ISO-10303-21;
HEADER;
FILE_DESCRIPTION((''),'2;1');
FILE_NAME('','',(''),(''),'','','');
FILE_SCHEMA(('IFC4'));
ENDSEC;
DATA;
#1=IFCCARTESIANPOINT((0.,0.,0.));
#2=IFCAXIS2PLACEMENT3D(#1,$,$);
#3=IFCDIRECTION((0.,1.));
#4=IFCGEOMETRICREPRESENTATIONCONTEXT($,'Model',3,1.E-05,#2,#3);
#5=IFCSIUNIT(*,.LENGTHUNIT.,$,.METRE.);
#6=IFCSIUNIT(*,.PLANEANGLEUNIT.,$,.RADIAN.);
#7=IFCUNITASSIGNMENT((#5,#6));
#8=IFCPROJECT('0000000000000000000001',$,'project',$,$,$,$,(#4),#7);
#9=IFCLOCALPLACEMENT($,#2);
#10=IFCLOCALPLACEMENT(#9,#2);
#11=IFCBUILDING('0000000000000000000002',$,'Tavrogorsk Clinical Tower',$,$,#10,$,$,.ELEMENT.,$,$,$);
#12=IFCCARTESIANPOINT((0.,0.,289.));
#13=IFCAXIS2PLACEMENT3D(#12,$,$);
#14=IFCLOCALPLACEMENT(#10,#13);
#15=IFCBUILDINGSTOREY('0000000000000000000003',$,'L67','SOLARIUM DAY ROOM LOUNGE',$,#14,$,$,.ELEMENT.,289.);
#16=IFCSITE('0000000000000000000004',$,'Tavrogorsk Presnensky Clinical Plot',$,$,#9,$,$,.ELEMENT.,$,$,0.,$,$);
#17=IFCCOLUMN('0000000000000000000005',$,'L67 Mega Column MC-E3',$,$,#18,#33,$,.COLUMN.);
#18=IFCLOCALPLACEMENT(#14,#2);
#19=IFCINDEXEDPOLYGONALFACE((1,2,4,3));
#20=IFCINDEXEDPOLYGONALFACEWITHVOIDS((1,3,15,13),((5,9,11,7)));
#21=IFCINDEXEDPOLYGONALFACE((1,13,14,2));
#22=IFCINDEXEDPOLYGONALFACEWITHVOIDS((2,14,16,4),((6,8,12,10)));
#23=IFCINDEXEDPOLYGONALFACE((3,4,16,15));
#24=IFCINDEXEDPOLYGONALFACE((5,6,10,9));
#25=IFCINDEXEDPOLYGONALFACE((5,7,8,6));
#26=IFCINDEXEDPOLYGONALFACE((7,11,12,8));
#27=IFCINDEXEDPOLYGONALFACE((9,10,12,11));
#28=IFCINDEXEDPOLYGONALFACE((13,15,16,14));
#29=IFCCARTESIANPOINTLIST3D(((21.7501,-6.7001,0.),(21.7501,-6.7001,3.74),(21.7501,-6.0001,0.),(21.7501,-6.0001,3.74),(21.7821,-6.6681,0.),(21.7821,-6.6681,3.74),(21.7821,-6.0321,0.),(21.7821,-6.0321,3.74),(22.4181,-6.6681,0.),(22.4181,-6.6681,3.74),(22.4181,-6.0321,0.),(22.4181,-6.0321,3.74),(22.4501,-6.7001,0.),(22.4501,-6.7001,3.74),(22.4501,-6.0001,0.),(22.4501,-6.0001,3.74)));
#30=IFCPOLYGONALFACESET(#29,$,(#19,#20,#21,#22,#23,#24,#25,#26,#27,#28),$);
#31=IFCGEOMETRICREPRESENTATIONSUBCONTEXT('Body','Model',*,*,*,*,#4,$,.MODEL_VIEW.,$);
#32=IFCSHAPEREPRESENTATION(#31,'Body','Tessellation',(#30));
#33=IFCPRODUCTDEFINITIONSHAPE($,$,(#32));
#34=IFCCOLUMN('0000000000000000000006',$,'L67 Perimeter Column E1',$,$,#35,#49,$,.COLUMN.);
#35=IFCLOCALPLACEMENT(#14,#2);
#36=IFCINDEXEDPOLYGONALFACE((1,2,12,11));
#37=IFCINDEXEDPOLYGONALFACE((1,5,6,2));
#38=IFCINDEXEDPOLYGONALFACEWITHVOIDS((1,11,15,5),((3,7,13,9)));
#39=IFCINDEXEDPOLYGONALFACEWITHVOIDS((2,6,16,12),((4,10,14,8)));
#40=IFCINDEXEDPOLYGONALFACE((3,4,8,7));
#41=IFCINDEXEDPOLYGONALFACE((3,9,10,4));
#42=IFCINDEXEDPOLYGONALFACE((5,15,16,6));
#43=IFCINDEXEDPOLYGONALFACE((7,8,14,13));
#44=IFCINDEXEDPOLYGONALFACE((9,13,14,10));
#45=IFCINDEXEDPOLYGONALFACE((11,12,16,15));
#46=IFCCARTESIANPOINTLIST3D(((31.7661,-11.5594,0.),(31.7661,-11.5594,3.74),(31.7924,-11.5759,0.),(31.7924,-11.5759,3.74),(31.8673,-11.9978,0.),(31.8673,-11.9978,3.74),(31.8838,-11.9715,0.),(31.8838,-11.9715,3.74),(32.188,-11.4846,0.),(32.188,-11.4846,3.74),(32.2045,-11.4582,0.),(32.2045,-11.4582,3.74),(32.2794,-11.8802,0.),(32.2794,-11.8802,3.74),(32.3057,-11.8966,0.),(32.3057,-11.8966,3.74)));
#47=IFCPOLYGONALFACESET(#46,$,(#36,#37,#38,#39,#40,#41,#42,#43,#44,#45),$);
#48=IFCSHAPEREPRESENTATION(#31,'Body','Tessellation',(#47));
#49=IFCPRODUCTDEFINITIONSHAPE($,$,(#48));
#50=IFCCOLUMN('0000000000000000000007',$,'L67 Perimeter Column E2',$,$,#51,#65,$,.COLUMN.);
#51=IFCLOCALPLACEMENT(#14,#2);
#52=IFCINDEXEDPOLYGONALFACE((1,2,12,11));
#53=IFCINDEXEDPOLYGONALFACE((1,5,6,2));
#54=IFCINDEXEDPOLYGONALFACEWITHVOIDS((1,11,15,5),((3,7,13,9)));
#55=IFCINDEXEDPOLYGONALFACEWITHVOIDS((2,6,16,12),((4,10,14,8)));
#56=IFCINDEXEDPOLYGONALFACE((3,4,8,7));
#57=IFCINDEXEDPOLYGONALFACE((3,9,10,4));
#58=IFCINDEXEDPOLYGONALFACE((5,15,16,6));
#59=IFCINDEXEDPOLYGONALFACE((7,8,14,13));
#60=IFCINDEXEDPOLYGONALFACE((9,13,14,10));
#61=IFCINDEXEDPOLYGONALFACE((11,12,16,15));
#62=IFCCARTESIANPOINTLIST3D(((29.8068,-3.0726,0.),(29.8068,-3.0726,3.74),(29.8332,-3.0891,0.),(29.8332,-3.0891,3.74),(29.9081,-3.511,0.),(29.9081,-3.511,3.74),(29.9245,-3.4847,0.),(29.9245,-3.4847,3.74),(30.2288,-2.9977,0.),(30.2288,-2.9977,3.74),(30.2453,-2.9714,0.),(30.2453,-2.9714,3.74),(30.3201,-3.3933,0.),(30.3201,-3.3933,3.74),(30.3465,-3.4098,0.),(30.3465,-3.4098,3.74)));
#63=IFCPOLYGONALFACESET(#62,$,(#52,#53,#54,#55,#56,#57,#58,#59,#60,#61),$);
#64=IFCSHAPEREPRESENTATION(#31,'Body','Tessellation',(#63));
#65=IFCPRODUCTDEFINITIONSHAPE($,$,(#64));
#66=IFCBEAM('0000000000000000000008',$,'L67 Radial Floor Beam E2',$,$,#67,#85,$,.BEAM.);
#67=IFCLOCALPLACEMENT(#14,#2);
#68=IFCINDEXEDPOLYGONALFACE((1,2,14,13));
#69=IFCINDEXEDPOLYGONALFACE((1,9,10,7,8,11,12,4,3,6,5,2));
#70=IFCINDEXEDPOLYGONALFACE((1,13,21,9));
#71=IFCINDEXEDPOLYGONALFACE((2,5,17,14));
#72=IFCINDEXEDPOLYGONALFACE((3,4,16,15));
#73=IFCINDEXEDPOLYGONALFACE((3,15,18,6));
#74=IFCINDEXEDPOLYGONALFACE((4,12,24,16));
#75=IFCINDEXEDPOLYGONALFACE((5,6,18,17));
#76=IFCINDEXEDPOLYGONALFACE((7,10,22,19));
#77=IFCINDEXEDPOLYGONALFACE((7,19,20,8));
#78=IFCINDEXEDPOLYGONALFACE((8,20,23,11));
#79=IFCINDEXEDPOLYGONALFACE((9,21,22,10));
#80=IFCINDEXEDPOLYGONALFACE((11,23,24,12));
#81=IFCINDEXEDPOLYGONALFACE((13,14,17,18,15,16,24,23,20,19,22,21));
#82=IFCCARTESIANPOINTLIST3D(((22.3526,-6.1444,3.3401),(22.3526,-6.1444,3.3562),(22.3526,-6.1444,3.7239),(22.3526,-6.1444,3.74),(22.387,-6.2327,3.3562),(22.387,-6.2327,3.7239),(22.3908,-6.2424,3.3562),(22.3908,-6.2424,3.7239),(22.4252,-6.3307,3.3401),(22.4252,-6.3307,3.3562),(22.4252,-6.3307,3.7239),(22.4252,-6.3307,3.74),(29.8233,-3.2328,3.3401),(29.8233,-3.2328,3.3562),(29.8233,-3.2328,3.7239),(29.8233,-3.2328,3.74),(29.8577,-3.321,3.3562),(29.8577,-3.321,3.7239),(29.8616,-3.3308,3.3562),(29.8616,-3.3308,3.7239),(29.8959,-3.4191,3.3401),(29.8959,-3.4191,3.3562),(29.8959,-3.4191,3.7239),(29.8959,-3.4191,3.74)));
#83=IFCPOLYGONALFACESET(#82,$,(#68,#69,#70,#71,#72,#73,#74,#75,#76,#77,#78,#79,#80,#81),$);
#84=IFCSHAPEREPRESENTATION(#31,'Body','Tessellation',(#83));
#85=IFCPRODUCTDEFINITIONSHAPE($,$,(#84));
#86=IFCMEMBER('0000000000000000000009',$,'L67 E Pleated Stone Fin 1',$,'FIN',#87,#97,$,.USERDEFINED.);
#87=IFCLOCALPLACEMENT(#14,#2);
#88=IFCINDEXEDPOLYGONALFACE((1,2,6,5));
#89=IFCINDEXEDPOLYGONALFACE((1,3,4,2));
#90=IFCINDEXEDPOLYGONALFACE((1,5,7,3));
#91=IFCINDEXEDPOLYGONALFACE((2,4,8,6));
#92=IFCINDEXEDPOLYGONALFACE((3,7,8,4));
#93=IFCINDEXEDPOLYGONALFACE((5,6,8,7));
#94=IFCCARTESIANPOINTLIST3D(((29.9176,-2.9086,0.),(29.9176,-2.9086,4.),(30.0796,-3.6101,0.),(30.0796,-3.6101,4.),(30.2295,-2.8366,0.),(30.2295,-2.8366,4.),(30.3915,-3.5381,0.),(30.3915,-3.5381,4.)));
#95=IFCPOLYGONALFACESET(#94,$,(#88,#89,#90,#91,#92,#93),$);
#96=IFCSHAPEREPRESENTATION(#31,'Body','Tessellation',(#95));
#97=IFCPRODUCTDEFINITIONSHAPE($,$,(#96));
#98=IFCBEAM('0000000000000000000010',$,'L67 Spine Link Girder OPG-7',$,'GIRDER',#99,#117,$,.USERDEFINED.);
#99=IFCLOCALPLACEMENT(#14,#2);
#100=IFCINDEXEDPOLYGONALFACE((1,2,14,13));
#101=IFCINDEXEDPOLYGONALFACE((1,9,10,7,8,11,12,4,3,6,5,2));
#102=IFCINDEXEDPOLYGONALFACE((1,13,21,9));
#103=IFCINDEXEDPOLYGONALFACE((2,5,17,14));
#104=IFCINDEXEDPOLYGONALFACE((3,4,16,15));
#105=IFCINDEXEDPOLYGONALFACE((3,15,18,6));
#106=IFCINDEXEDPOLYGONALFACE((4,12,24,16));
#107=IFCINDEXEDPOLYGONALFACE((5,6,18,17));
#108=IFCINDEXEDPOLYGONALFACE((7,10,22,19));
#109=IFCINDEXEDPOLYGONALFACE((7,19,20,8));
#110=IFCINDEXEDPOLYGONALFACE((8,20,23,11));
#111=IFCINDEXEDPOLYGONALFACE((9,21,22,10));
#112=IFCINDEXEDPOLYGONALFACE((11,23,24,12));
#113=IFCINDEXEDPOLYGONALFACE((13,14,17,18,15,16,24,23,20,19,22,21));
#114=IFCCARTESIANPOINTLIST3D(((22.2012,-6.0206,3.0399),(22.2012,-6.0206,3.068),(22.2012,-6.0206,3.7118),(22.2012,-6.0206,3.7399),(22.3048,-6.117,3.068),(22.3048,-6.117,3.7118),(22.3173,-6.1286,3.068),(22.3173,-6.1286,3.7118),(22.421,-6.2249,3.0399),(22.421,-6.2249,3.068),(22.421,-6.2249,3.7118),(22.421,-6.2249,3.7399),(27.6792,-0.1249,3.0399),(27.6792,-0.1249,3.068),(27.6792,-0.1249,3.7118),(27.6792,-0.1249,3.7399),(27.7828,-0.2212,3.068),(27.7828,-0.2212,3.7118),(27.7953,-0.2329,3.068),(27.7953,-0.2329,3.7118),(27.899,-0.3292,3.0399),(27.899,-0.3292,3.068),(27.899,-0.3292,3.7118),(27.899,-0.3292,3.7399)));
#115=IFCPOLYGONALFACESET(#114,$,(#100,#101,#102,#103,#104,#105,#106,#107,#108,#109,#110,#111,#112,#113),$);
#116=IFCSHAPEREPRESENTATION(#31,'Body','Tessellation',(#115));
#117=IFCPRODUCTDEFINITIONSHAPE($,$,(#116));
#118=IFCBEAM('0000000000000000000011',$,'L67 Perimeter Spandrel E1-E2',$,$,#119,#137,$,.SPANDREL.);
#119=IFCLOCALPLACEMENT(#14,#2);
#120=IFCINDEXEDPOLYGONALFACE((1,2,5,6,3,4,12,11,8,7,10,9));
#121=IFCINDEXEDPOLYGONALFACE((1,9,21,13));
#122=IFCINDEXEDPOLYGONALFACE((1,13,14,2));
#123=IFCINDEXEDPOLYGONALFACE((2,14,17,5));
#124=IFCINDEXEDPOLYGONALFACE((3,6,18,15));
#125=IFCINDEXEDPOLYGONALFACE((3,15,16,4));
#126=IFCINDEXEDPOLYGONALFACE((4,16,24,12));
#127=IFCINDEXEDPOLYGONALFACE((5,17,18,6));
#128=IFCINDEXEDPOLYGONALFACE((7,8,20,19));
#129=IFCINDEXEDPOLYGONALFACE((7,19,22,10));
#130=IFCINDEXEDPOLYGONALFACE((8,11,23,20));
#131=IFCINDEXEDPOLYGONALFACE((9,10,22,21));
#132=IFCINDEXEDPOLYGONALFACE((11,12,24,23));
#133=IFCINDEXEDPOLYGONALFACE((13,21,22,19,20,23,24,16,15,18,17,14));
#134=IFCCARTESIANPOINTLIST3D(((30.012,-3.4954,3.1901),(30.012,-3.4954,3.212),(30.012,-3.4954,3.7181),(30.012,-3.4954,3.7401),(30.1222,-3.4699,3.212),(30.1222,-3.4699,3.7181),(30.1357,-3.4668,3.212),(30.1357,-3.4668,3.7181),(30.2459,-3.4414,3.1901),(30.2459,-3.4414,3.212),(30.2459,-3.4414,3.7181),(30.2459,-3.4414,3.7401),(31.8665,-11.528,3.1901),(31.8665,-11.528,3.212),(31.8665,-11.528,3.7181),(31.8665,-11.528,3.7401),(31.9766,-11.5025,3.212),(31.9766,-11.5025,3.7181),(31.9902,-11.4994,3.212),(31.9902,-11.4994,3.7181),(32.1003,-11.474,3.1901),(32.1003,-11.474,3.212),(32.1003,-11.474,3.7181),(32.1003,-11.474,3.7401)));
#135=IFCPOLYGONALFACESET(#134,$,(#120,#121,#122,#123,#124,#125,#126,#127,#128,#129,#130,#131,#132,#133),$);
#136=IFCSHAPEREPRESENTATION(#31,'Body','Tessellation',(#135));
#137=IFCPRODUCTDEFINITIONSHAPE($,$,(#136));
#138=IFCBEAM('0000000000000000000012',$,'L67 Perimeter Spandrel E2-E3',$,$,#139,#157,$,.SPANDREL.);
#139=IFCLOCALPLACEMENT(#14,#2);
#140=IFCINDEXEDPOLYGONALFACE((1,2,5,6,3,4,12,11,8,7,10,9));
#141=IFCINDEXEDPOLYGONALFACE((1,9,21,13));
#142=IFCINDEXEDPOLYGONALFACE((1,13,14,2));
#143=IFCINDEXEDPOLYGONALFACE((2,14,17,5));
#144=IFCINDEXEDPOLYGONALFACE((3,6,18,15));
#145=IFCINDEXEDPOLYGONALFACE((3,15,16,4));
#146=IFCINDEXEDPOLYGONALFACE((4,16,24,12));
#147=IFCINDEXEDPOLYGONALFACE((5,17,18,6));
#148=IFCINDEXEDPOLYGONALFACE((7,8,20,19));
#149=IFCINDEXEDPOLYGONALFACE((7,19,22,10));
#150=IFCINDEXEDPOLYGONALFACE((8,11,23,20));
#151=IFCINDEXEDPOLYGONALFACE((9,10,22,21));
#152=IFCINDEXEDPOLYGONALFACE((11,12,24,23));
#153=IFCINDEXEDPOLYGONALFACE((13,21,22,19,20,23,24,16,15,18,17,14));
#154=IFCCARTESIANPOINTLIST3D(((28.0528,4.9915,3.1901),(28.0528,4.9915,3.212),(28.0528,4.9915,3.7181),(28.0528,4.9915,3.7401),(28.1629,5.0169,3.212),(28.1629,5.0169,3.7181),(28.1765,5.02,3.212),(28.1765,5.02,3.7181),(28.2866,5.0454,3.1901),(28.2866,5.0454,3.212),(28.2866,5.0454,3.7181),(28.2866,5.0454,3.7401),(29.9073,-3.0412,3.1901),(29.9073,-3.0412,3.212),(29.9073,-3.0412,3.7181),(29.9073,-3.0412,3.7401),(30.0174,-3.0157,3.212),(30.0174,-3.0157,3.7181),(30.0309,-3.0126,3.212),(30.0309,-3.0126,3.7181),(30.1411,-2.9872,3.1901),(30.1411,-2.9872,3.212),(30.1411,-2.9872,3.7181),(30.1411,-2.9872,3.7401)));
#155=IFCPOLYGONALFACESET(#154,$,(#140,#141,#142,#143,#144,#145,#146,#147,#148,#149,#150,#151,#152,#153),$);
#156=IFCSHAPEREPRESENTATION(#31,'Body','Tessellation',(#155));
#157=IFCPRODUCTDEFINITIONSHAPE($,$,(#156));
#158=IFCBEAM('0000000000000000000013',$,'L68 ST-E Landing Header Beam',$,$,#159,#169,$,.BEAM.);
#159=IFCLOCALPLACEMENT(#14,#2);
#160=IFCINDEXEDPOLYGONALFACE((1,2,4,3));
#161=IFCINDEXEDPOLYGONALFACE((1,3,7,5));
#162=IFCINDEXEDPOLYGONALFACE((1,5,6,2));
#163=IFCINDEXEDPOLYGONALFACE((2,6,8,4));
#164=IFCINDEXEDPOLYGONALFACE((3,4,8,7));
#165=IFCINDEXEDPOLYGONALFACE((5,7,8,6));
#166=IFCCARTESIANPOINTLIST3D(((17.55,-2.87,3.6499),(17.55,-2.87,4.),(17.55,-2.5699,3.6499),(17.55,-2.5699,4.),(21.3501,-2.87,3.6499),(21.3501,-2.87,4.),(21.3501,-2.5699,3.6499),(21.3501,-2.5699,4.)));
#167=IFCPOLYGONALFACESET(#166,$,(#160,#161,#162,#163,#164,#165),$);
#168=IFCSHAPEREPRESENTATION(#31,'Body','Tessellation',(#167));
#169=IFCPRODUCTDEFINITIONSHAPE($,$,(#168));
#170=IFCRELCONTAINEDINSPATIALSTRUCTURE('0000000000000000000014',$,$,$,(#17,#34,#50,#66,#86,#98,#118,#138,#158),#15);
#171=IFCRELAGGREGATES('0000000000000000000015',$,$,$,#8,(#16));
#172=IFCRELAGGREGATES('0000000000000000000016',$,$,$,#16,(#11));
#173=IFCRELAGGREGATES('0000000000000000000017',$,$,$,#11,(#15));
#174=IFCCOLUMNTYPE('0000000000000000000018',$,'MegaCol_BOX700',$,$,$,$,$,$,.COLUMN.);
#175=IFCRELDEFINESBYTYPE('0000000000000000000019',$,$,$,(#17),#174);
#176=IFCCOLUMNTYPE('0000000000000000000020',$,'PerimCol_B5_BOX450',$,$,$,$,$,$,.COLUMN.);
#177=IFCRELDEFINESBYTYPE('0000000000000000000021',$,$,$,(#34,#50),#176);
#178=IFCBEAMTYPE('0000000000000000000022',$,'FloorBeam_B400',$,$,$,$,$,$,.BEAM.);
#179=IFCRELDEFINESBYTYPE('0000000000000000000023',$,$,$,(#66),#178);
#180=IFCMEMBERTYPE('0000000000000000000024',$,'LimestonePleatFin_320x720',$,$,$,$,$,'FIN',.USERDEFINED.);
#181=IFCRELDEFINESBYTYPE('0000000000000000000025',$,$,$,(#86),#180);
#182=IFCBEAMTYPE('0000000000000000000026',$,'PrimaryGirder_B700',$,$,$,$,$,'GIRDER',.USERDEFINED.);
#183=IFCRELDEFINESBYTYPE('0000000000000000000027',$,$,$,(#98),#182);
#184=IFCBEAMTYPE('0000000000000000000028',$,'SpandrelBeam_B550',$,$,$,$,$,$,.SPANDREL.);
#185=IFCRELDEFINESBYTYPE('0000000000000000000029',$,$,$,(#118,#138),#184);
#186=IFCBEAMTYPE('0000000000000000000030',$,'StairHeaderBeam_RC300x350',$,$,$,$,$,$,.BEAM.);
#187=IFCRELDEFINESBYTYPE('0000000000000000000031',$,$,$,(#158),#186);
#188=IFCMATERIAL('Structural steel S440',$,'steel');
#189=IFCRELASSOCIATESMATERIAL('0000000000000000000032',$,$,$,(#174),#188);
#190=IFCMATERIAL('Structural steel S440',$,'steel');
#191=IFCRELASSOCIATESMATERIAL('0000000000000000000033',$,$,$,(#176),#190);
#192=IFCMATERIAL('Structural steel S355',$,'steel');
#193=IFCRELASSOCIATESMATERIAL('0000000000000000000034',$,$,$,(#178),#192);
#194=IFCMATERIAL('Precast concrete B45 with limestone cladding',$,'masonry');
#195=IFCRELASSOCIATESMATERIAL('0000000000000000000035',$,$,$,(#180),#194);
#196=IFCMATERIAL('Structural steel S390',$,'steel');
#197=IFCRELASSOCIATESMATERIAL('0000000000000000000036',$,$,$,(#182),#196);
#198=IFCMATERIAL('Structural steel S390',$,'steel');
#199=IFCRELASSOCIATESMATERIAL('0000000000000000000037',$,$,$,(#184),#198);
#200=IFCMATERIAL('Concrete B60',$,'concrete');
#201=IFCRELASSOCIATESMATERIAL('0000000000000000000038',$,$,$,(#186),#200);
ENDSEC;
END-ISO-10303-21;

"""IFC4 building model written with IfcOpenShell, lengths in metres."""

from ifc_helpers import new_model, si_unit, direction, frame, origin, origin_2d, place, context, subcontext, project, spatial, rectangle, hollow_rectangle, i_section, extrude, material, material_profile, profile_set, type_object, element, save


model = new_model("IFC4")

# Units and contexts
model_context = context("Model", 3, precision=1e-05, world=origin(), true_north=direction((0.0, 1.0)))
body_context = subcontext(model_context, "Body", "Model", "MODEL_VIEW")
ifc_project = project(units=[si_unit("LENGTHUNIT", "METRE"), si_unit("PLANEANGLEUNIT", "RADIAN")], contexts=[model_context])

# Site, building, storey
site_placement = place(None, origin())
site = spatial("IfcSite", under=ifc_project, at=site_placement, Name="Tavrogorsk Presnensky Clinical Plot", CompositionType="ELEMENT", RefElevation=0.0)
building_placement = place(site_placement, origin())
building = spatial("IfcBuilding", under=site, at=building_placement, Name="Tavrogorsk Clinical Tower", CompositionType="ELEMENT")
storey_placement = place(building_placement, frame((0.0, 0.0, 289.0)))
storey = spatial("IfcBuildingStorey", under=building, at=storey_placement, Name="L67", Description="SOLARIUM DAY ROOM LOUNGE", CompositionType="ELEMENT", Elevation=289.0)

# Columns
ifc_material_1 = material(Name="Structural steel S440", Category="steel")
ifc_material_profile_1 = material_profile(ifc_material_1, hollow_rectangle(XDim=0.7, YDim=0.7, WallThickness=0.032, at=origin_2d()), Name="BOX-700x700x32")
ifc_profile_set_1 = profile_set([ifc_material_profile_1], Name="Structural steel S440")
column_type_1 = type_object("IfcColumnType", Name="MegaCol_BOX700", PredefinedType="COLUMN", material=ifc_profile_set_1)
column_placement = place(storey_placement, frame((22.1001, -6.3501, 0.0), z_axis=(0.0, 0.0, 1.0), x_axis=(1.0, 0.0, 0.0)))
element("IfcColumn", 1, at=column_placement, inside=storey, type_object=column_type_1, Name="L67 Mega Column MC-E3", PredefinedType="COLUMN", context=body_context, shape_type="SweptSolid", body=[
    extrude(hollow_rectangle(XDim=0.7, YDim=0.7, WallThickness=0.032, at=origin_2d()), origin(), (0.0, 0.0, 1.0), 3.74),
])
ifc_material_2 = material(Name="Structural steel S440", Category="steel")
ifc_material_profile_2 = material_profile(ifc_material_2, hollow_rectangle(XDim=0.45, YDim=0.45, WallThickness=0.022, at=origin_2d()), Name="BOX-450x450x22")
ifc_profile_set_2 = profile_set([ifc_material_profile_2], Name="Structural steel S440")
column_type_2 = type_object("IfcColumnType", Name="PerimCol_B5_BOX450", PredefinedType="COLUMN", material=ifc_profile_set_2)
for number, where, z_axis, x_axis, name in (
    (2, (32.0359, -11.728, 0.0), (0.0, 0.0, 1.0), (0.97437, 0.224951, 0.0), "L67 Perimeter Column E1"),
    (3, (30.0767, -3.2412, 0.0), (0.0, 0.0, 1.0), (0.97437, 0.224951, 0.0), "L67 Perimeter Column E2"),
):
    element("IfcColumn", number, at=place(storey_placement, frame(where, z_axis=z_axis, x_axis=x_axis)), inside=storey, type_object=column_type_2, Name=name, PredefinedType="COLUMN", context=body_context, shape_type="SweptSolid", body=[
        extrude(hollow_rectangle(XDim=0.45, YDim=0.45, WallThickness=0.022, at=origin_2d()), origin(), (0.0, 0.0, 1.0), 3.74),
    ])

# Beam
ifc_material_3 = material(Name="Structural steel S355", Category="steel")
ifc_material_profile_3 = material_profile(ifc_material_3, i_section(OverallWidth=0.2, OverallDepth=0.3999, WebThickness=0.0105, FlangeThickness=0.0161, at=origin_2d()), Name="B-400x200x10.5x16")
ifc_profile_set_3 = profile_set([ifc_material_profile_3], Name="Structural steel S355")
beam_type_1 = type_object("IfcBeamType", Name="FloorBeam_B400", PredefinedType="BEAM", material=ifc_profile_set_3)
beam_1_placement = place(storey_placement, frame((22.3889, -6.2375, 3.54), z_axis=(0.931737, 0.363134, 0.0), x_axis=(-0.363134, 0.931737, 0.0)))
element("IfcBeam", 4, at=beam_1_placement, inside=storey, type_object=beam_type_1, Name="L67 Radial Floor Beam E2", PredefinedType="BEAM", context=body_context, shape_type="SweptSolid", body=[
    extrude(i_section(OverallWidth=0.2, OverallDepth=0.3999, WebThickness=0.0105, FlangeThickness=0.0161, at=origin_2d()), origin(), (0.0, 0.0, 1.0), 8.0181),
])

# Member
ifc_material_4 = material(Name="Precast concrete B45 with limestone cladding", Category="masonry")
ifc_material_profile_4 = material_profile(ifc_material_4, rectangle(XDim=0.3201, YDim=0.72, at=origin_2d()), Name="LIMESTONE-FIN-320x720")
ifc_profile_set_4 = profile_set([ifc_material_profile_4], Name="Precast concrete B45 with limestone cladding")
member_type = type_object("IfcMemberType", Name="LimestonePleatFin_320x720", ElementType="FIN", PredefinedType="USERDEFINED", material=ifc_profile_set_4)
member_placement = place(storey_placement, frame((30.1545, -3.2234, 0.0), z_axis=(0.0, 0.0, 1.0), x_axis=(0.97437, 0.224951, 0.0)))
element("IfcMember", 5, at=member_placement, inside=storey, type_object=member_type, Name="L67 E Pleated Stone Fin 1", ObjectType="FIN", PredefinedType="USERDEFINED", context=body_context, shape_type="SweptSolid", body=[
    extrude(rectangle(XDim=0.3201, YDim=0.72, at=origin_2d()), origin(), (0.0, 0.0, 1.0), 4.0),
])

# Beams
ifc_material_5 = material(Name="Structural steel S390", Category="steel")
ifc_material_profile_5 = material_profile(ifc_material_5, i_section(OverallWidth=0.3, OverallDepth=0.7, WebThickness=0.0171, FlangeThickness=0.0281, at=origin_2d()), Name="B-700x300x17x28")
ifc_profile_set_5 = profile_set([ifc_material_profile_5], Name="Structural steel S390")
beam_type_2 = type_object("IfcBeamType", Name="PrimaryGirder_B700", ElementType="GIRDER", PredefinedType="USERDEFINED", material=ifc_profile_set_5)
beam_2_placement = place(storey_placement, frame((27.7891, -0.2271, 3.3899), z_axis=(-0.680678, -0.732583, 0.0), x_axis=(0.732583, -0.680678, 0.0)))
element("IfcBeam", 6, at=beam_2_placement, inside=storey, type_object=beam_type_2, Name="L67 Spine Link Girder OPG-7", ObjectType="GIRDER", PredefinedType="USERDEFINED", context=body_context, shape_type="SweptSolid", body=[
    extrude(i_section(OverallWidth=0.3, OverallDepth=0.7, WebThickness=0.0171, FlangeThickness=0.0281, at=origin_2d()), origin(), (0.0, 0.0, 1.0), 8.0479),
])
ifc_material_6 = material(Name="Structural steel S390", Category="steel")
ifc_material_profile_6 = material_profile(ifc_material_6, i_section(OverallWidth=0.24, OverallDepth=0.55, WebThickness=0.0139, FlangeThickness=0.022, at=origin_2d()), Name="B-550x240x14x22")
ifc_profile_set_6 = profile_set([ifc_material_profile_6], Name="Structural steel S390")
beam_type_3 = type_object("IfcBeamType", Name="SpandrelBeam_B550", PredefinedType="SPANDREL", material=ifc_profile_set_6)
for number, where, z_axis, x_axis, name in (
    (7, (31.9834, -11.501, 3.4651), (-0.22495, 0.97437, 0.0), (-0.97437, -0.22495, 0.0), "L67 Perimeter Spandrel E1-E2"),
    (8, (30.0242, -3.0142, 3.4651), (-0.22495, 0.97437, 0.0), (-0.97437, -0.22495, 0.0), "L67 Perimeter Spandrel E2-E3"),
):
    element("IfcBeam", number, at=place(storey_placement, frame(where, z_axis=z_axis, x_axis=x_axis)), inside=storey, type_object=beam_type_3, Name=name, PredefinedType="SPANDREL", context=body_context, shape_type="SweptSolid", body=[
        extrude(i_section(OverallWidth=0.24, OverallDepth=0.55, WebThickness=0.0139, FlangeThickness=0.022, at=origin_2d()), origin(), (0.0, 0.0, 1.0), 8.2439),
    ])
ifc_material_7 = material(Name="Concrete B60", Category="concrete")
ifc_material_profile_7 = material_profile(ifc_material_7, rectangle(XDim=0.3, YDim=0.3501, at=origin_2d()), Name="RC-SHB-300x350")
ifc_profile_set_7 = profile_set([ifc_material_profile_7], Name="Concrete B60")
beam_type_4 = type_object("IfcBeamType", Name="StairHeaderBeam_RC300x350", PredefinedType="BEAM", material=ifc_profile_set_7)
beam_3_placement = place(storey_placement, frame((17.55, -2.72, 3.825), z_axis=(1.0, 0.0, 0.0), x_axis=(0.0, 1.0, 0.0)))
element("IfcBeam", 9, at=beam_3_placement, inside=storey, type_object=beam_type_4, Name="L68 ST-E Landing Header Beam", PredefinedType="BEAM", context=body_context, shape_type="SweptSolid", body=[
    extrude(rectangle(XDim=0.3, YDim=0.3501, at=origin_2d()), origin(), (0.0, 0.0, 1.0), 3.8),
])

save(model, "model.ifc")
